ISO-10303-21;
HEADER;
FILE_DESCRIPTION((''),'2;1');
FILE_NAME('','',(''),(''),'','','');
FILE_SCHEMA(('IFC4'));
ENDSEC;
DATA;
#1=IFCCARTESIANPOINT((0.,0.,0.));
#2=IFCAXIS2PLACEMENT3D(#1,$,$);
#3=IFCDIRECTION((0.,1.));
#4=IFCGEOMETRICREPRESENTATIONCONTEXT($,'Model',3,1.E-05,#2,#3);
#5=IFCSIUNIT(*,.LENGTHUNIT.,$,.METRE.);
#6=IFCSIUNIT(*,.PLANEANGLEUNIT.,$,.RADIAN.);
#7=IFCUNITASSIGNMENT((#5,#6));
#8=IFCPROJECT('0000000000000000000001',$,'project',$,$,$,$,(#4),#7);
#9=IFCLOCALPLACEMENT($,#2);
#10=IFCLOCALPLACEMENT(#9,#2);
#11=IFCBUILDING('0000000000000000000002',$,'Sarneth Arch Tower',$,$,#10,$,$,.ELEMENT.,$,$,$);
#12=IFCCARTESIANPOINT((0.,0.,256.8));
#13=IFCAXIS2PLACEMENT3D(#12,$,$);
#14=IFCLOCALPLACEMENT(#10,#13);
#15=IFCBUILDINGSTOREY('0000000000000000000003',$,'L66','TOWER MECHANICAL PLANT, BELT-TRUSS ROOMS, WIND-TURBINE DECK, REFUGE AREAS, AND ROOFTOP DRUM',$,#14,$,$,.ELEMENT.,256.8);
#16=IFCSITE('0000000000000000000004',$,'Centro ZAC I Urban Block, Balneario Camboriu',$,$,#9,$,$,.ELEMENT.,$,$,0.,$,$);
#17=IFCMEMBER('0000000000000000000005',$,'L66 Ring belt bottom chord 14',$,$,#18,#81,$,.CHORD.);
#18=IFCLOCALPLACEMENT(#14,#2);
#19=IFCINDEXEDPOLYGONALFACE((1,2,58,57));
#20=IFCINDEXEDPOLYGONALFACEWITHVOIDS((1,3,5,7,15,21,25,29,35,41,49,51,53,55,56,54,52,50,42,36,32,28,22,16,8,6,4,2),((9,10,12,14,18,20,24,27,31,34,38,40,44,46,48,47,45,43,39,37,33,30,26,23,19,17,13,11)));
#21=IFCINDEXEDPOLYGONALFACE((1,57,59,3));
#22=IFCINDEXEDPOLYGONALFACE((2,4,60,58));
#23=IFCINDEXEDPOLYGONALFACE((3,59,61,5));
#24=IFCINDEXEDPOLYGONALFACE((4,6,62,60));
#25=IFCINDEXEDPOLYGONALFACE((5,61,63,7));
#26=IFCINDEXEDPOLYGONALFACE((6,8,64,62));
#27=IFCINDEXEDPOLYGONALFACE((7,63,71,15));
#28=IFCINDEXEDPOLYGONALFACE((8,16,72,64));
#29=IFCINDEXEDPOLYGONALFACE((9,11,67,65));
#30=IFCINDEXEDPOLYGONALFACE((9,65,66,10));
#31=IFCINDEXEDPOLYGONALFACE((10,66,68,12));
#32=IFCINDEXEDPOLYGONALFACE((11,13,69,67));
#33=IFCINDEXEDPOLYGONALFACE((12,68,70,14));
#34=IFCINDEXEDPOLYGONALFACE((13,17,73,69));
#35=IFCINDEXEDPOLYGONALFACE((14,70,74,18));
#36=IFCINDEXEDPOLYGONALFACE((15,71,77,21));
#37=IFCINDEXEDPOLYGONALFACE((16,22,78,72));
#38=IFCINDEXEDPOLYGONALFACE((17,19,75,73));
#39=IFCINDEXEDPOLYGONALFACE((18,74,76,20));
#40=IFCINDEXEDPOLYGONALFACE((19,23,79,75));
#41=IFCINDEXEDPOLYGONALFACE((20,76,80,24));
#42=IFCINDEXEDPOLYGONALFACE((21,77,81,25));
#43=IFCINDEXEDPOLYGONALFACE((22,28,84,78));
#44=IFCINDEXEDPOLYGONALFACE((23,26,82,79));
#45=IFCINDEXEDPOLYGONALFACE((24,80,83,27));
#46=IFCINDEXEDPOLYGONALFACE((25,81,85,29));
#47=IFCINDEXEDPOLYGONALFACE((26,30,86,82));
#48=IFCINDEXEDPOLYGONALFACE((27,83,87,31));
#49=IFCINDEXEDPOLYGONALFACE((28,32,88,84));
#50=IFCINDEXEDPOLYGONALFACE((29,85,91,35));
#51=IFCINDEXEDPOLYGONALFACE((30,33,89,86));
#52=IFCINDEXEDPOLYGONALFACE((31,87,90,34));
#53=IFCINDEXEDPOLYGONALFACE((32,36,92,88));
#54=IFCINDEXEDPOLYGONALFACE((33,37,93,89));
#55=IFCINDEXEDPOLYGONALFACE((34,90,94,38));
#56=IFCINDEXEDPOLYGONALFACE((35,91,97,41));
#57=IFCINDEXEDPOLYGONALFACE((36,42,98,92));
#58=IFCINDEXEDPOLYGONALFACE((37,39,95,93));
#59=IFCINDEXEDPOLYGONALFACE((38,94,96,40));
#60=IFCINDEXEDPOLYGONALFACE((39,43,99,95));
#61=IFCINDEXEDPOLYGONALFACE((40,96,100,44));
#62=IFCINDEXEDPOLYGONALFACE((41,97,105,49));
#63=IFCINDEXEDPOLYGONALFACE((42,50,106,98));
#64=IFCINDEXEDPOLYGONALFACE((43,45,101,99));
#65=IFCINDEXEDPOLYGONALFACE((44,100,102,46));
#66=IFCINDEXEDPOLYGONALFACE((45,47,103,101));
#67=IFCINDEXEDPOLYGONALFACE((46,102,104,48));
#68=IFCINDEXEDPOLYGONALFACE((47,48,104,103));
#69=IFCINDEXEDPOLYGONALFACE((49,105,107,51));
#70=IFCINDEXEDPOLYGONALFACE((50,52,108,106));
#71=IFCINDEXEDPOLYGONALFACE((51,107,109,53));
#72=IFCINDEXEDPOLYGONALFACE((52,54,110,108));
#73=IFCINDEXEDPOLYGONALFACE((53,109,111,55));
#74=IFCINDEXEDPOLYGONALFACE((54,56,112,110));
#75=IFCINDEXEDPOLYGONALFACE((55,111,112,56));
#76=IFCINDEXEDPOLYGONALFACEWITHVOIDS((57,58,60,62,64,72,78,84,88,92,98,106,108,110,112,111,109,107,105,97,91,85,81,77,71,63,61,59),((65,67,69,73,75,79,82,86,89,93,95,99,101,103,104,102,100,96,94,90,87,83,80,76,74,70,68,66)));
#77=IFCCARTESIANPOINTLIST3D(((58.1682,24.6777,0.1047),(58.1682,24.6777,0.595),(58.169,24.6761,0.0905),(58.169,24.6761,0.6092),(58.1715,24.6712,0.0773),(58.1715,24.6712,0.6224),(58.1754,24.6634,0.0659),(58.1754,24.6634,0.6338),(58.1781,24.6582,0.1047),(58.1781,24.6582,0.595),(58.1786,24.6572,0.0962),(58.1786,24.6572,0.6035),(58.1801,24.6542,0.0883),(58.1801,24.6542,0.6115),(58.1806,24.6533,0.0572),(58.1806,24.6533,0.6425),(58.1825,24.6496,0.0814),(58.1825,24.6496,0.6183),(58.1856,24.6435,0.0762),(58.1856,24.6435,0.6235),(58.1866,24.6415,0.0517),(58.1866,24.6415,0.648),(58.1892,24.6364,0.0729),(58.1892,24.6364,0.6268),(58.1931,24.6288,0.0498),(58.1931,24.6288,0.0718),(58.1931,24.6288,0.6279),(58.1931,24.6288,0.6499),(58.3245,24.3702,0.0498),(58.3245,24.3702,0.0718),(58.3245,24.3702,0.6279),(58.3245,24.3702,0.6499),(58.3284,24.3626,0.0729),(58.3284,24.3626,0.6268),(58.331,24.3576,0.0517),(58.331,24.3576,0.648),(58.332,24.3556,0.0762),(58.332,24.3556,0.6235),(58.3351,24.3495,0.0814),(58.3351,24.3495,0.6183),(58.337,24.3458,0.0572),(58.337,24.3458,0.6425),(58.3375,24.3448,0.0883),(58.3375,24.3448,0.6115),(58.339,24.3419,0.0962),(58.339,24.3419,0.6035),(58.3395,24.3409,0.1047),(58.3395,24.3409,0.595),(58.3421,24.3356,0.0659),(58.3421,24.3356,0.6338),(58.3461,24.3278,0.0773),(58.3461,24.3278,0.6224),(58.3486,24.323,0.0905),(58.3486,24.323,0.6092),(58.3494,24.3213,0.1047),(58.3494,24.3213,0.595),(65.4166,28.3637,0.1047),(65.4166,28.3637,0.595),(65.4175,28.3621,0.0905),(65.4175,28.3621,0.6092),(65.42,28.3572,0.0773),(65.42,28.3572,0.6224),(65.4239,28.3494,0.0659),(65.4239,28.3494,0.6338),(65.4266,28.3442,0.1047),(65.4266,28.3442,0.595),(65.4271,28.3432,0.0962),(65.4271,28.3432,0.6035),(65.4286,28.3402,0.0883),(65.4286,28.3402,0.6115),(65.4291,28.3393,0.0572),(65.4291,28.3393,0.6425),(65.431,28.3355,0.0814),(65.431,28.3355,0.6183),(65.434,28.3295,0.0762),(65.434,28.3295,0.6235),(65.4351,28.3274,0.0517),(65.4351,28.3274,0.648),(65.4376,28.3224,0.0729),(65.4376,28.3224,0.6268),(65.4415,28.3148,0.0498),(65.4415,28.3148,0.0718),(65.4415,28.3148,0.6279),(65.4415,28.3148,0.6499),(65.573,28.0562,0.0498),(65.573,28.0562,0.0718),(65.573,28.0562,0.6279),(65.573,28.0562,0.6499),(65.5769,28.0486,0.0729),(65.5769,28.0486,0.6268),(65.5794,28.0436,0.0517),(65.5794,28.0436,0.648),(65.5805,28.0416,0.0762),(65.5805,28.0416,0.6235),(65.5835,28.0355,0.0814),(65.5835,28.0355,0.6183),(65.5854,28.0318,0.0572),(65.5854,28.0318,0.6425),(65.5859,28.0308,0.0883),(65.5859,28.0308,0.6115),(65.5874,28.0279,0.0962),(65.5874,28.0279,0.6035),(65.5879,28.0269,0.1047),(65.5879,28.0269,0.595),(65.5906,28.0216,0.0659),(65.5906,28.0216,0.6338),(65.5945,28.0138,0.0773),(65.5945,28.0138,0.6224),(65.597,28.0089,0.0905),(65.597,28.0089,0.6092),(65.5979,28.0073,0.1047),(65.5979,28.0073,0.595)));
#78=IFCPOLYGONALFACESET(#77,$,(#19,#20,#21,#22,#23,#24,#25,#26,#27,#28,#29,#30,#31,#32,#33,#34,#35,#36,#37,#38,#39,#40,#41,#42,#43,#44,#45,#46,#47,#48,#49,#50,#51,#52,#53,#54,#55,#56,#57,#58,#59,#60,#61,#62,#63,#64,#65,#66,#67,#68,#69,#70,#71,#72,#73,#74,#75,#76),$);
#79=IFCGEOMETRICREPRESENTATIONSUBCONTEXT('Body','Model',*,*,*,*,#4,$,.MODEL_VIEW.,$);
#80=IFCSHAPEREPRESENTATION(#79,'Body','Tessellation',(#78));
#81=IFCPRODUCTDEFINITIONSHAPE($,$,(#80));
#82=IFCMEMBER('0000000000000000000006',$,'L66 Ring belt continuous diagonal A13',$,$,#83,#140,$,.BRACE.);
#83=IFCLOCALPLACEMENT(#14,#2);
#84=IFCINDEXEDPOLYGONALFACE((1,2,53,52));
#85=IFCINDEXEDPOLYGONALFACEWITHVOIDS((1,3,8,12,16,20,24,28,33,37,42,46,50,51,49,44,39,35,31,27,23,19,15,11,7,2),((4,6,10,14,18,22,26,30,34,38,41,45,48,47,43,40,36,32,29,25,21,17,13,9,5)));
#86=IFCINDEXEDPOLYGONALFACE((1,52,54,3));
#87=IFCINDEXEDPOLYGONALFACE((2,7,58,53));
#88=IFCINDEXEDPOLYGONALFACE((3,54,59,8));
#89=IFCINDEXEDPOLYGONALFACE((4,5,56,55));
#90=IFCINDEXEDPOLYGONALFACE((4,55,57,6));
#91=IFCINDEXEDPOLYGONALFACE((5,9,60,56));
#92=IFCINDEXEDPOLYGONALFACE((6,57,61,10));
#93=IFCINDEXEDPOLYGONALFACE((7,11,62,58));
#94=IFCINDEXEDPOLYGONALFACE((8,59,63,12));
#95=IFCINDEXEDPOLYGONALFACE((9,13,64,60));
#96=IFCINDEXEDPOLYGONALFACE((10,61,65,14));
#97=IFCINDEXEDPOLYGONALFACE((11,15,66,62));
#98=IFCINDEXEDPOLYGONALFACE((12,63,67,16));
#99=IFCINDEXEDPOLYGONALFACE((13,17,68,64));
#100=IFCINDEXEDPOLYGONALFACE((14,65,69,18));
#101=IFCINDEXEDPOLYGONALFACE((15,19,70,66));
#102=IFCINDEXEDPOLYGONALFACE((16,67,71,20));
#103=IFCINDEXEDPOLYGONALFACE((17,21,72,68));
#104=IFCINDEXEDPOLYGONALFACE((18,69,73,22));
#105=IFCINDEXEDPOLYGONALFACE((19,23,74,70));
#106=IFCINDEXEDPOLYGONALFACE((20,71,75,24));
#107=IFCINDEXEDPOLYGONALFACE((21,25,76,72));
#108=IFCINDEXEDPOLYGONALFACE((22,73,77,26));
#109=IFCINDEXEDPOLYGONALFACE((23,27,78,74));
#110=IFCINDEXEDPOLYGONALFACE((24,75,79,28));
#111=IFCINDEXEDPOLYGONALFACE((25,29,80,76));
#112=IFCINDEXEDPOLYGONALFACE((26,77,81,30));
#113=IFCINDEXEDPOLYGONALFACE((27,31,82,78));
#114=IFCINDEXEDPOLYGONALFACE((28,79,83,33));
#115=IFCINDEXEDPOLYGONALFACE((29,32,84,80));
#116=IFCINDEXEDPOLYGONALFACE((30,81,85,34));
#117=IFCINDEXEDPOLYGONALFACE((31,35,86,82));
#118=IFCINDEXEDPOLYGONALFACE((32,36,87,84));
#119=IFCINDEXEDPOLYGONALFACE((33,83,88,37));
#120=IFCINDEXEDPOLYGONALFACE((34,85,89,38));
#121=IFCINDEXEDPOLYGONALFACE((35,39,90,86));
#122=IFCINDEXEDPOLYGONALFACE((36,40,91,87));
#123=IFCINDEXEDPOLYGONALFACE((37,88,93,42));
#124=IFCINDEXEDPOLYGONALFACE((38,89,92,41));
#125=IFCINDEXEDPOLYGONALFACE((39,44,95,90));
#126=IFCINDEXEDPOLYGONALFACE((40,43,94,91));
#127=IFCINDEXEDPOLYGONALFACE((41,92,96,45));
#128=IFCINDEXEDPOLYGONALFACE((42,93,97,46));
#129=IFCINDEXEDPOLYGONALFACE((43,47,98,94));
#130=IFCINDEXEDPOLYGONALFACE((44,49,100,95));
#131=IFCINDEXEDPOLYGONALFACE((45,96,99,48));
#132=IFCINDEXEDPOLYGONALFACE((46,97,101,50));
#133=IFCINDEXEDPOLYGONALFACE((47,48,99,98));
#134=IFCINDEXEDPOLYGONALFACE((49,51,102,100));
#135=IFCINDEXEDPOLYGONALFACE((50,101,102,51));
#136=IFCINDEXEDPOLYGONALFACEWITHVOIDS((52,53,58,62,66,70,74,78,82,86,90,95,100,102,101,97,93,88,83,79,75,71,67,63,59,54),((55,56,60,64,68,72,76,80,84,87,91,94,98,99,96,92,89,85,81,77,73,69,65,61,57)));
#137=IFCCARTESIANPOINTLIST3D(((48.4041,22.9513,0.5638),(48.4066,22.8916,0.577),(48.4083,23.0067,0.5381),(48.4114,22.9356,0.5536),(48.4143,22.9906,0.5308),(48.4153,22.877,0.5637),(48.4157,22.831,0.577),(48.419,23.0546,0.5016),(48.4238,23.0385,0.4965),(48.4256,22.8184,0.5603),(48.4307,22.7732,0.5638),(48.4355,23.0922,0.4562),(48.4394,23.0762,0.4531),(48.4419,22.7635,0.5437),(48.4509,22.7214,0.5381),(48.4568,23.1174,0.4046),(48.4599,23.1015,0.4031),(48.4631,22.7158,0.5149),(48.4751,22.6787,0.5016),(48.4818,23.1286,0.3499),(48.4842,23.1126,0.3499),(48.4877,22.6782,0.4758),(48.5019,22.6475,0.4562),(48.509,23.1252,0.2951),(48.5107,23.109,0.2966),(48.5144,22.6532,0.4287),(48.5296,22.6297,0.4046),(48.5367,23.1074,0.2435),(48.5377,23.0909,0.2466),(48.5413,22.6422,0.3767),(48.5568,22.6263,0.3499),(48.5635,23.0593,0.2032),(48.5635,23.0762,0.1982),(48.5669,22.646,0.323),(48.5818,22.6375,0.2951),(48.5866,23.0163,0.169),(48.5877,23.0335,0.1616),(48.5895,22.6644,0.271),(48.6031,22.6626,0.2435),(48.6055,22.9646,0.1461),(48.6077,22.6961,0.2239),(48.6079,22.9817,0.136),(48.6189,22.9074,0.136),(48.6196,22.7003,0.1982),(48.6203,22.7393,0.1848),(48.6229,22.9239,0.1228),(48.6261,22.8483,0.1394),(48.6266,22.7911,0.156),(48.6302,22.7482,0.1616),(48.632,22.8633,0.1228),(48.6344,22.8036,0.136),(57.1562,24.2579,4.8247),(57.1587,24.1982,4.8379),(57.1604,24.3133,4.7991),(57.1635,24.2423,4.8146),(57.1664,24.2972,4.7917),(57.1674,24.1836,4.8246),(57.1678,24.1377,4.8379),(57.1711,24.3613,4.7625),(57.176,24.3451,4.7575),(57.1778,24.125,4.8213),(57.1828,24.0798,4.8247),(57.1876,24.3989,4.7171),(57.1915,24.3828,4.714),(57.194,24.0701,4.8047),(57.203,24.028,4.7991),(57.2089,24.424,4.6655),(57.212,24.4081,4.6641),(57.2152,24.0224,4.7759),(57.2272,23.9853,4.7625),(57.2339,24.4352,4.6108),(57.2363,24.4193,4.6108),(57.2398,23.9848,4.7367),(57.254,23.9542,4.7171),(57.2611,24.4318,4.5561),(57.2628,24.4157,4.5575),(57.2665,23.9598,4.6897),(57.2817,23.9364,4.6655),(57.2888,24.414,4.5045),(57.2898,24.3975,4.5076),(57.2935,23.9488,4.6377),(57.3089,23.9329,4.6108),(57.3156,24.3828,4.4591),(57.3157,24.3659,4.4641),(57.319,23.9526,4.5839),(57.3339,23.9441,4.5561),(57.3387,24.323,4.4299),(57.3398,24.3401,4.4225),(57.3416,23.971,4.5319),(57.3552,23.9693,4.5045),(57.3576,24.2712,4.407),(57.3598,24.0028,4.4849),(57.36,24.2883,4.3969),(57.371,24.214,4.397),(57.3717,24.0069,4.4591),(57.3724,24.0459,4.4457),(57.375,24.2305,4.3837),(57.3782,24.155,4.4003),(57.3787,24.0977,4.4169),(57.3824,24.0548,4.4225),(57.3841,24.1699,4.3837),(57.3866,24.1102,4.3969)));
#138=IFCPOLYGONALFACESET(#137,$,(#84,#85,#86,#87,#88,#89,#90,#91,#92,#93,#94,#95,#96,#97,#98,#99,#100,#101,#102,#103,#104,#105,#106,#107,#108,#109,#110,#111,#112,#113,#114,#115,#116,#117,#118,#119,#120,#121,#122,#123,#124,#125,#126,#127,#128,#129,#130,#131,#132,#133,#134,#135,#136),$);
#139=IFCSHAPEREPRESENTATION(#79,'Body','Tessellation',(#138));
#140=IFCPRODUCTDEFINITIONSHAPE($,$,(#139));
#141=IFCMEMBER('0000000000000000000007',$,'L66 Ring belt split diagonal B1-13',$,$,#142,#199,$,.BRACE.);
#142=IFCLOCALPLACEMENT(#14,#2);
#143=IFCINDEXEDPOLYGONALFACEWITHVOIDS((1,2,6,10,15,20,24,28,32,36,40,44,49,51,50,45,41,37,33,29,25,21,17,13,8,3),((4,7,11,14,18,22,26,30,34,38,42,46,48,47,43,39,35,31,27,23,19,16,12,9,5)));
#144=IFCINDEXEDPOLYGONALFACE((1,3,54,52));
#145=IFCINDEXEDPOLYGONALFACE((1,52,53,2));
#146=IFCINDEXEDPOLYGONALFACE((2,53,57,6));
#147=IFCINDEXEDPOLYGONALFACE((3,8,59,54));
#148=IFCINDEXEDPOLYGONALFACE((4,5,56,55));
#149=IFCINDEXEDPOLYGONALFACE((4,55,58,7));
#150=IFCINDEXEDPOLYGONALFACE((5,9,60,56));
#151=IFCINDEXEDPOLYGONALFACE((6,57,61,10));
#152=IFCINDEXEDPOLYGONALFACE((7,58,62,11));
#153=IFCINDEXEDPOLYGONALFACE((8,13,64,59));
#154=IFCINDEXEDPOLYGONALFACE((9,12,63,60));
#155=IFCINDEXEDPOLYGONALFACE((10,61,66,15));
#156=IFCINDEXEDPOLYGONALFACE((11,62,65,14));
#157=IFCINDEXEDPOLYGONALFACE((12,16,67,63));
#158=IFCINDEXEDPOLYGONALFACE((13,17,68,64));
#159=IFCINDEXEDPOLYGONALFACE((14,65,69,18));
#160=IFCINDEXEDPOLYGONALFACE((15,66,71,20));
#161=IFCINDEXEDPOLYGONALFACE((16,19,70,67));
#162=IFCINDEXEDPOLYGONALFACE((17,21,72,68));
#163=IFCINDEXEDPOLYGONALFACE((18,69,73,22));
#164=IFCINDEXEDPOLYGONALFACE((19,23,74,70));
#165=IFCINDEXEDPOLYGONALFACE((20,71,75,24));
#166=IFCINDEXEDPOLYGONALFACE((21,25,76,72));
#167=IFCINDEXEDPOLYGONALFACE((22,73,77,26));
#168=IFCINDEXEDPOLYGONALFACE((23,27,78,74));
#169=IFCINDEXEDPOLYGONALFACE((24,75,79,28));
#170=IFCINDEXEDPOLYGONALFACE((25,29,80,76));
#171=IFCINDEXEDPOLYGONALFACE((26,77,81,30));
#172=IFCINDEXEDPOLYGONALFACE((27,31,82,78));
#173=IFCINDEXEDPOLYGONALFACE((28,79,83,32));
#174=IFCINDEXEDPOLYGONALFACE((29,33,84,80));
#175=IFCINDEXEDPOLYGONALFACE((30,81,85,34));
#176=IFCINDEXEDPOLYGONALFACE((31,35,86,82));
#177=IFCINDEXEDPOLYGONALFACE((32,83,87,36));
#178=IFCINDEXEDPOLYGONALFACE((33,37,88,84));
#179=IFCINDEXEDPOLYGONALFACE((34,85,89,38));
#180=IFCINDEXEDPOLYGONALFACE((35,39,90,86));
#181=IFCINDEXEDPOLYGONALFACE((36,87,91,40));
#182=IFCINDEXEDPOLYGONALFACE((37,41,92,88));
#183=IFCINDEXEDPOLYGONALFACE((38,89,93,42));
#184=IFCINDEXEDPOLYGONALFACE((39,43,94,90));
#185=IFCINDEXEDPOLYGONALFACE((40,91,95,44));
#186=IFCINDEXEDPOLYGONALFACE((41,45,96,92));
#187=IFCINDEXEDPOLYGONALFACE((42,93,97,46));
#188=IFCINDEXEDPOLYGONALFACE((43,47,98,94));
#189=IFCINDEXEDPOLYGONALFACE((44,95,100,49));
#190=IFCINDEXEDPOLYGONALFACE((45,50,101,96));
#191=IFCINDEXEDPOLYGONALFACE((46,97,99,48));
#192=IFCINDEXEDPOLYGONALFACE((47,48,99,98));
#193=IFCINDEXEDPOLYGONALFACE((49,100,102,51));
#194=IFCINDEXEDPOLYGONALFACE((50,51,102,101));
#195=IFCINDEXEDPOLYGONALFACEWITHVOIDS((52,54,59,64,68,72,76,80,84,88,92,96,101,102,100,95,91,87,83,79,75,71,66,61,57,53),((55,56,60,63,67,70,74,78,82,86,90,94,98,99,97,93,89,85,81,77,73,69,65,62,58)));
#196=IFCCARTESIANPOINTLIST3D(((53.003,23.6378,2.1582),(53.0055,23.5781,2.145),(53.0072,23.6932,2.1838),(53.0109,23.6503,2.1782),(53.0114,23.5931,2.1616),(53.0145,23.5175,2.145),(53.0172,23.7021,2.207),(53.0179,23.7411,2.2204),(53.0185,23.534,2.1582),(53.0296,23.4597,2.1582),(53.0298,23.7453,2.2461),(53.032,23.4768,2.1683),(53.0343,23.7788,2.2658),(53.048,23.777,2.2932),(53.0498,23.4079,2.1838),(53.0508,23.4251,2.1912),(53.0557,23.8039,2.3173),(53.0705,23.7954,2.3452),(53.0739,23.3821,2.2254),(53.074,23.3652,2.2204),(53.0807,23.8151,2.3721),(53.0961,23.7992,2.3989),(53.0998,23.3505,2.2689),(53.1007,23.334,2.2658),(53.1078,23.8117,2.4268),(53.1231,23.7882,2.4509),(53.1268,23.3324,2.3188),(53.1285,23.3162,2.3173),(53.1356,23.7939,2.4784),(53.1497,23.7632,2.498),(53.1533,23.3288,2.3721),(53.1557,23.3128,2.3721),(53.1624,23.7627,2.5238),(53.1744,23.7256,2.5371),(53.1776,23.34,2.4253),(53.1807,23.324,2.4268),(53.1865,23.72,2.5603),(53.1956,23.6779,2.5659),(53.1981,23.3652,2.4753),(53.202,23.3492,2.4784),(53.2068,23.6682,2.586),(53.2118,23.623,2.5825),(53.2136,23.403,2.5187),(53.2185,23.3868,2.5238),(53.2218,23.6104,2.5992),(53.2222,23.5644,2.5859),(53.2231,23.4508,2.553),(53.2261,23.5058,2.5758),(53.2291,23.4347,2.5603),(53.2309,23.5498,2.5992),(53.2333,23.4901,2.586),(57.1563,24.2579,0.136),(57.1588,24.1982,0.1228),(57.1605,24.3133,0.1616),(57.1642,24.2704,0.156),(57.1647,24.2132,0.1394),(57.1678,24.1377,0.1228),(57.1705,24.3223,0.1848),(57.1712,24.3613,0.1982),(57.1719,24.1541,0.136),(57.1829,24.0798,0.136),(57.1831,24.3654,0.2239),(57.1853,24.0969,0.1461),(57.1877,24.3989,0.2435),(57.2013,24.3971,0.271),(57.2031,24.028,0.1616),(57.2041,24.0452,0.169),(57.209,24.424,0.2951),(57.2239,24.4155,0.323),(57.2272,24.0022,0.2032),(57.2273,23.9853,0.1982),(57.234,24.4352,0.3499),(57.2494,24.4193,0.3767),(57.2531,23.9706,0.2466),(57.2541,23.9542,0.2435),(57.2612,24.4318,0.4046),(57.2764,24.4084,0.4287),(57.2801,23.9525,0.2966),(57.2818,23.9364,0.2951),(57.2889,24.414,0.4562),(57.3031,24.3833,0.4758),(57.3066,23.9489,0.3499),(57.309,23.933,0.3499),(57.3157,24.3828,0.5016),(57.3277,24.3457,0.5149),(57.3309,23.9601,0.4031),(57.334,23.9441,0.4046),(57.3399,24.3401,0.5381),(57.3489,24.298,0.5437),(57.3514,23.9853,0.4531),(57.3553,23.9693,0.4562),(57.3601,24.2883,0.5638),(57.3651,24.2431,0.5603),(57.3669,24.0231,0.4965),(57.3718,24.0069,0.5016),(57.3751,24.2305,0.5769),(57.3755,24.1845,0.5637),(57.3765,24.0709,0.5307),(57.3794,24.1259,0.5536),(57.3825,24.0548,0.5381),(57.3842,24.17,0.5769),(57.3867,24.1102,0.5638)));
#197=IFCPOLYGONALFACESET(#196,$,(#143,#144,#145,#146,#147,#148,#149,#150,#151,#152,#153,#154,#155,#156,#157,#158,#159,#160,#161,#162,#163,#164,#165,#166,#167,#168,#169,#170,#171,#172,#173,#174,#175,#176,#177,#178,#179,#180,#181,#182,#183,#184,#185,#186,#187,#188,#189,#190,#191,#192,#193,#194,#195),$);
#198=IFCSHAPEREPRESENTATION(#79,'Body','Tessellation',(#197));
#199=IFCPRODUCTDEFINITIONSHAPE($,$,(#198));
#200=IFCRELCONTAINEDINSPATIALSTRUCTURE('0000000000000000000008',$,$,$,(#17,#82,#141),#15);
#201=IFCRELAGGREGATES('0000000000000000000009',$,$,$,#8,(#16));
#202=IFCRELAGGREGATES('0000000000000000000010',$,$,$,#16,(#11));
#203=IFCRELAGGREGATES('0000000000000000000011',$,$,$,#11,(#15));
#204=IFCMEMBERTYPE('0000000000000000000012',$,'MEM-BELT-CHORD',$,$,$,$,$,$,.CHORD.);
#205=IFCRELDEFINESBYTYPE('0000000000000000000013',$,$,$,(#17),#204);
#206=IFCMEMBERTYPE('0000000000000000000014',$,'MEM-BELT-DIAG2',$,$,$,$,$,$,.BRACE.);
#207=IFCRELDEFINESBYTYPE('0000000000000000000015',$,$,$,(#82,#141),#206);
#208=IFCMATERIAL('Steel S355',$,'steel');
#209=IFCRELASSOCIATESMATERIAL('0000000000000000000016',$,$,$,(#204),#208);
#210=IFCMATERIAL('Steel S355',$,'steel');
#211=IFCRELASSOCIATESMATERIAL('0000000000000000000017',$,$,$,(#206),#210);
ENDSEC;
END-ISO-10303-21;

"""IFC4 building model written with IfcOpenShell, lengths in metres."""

from ifc_helpers import new_model, si_unit, direction, frame, origin, origin_2d, place, context, subcontext, project, spatial, hollow_rectangle, hollow_circle, extrude, material, material_profile, profile_set, type_object, element, save


model = new_model("IFC4")

# Units and contexts
model_context = context("Model", 3, precision=1e-05, world=origin(), true_north=direction((0.0, 1.0)))
body_context = subcontext(model_context, "Body", "Model", "MODEL_VIEW")
ifc_project = project(units=[si_unit("LENGTHUNIT", "METRE"), si_unit("PLANEANGLEUNIT", "RADIAN")], contexts=[model_context])

# Site, building, storey
site_placement = place(None, origin())
site = spatial("IfcSite", under=ifc_project, at=site_placement, Name="Centro ZAC I Urban Block, Balneario Camboriu", CompositionType="ELEMENT", RefElevation=0.0)
building_placement = place(site_placement, origin())
building = spatial("IfcBuilding", under=site, at=building_placement, Name="Sarneth Arch Tower", CompositionType="ELEMENT")
storey_placement = place(building_placement, frame((0.0, 0.0, 256.8)))
storey = spatial("IfcBuildingStorey", under=building, at=storey_placement, Name="L66", Description="TOWER MECHANICAL PLANT, BELT-TRUSS ROOMS, WIND-TURBINE DECK, REFUGE AREAS, AND ROOFTOP DRUM", CompositionType="ELEMENT", Elevation=256.8)

# Members
ifc_material_1 = material(Name="Steel S355", Category="steel")
ifc_material_profile_1 = material_profile(ifc_material_1, hollow_rectangle(XDim=0.3999, YDim=0.6001, WallThickness=0.022, InnerFilletRadius=0.033, OuterFilletRadius=0.0549, at=origin_2d()), Name="RHS600x400x22")
ifc_profile_set_1 = profile_set([ifc_material_profile_1], Name="Steel S355")
member_type_1 = type_object("IfcMemberType", Name="MEM-BELT-CHORD", PredefinedType="CHORD", material=ifc_profile_set_1)
member_1_placement = place(storey_placement, frame((58.2588, 24.4995, 0.3499), z_axis=(0.891368, 0.45328, 0.0), x_axis=(-0.45328, 0.891368, 0.0)))
element("IfcMember", 1, at=member_1_placement, inside=storey, type_object=member_type_1, Name="L66 Ring belt bottom chord 14", PredefinedType="CHORD", context=body_context, shape_type="SweptSolid", body=[
    extrude(hollow_rectangle(XDim=0.3999, YDim=0.6001, WallThickness=0.022, InnerFilletRadius=0.033, OuterFilletRadius=0.0549, at=origin_2d()), origin(), (0.0, 0.0, 1.0), 8.1318),
])
ifc_material_2 = material(Name="Steel S355", Category="steel")
ifc_material_profile_2 = material_profile(ifc_material_2, hollow_circle(Radius=0.2539, WallThickness=0.0161, at=origin_2d()), Name="CHS508x16")
ifc_profile_set_2 = profile_set([ifc_material_profile_2], Name="Steel S355")
member_type_2 = type_object("IfcMemberType", Name="MEM-BELT-DIAG2", PredefinedType="BRACE", material=ifc_profile_set_2)
member_2_placement = place(storey_placement, frame((48.5193, 22.8774, 0.3499), z_axis=(0.891115, 0.133037, 0.433837), x_axis=(-0.147656, 0.989039, 0.0)))
element("IfcMember", 2, at=member_2_placement, inside=storey, type_object=member_type_2, Name="L66 Ring belt continuous diagonal A13", PredefinedType="BRACE", context=body_context, shape_type="SweptSolid", body=[
    extrude(hollow_circle(Radius=0.2539, WallThickness=0.0161, at=origin_2d()), origin(), (0.0, 0.0, 1.0), 9.8215),
])
for number, where, z_axis, x_axis, name in (
    (3, (57.2715, 24.1841, 0.3499), (-0.891099, -0.133047, 0.433868), (0.147669, -0.989037, 0.0), "L66 Ring belt split diagonal B1-13"),
):
    element("IfcMember", number, at=place(storey_placement, frame(where, z_axis=z_axis, x_axis=x_axis)), inside=storey, type_object=member_type_2, Name=name, PredefinedType="BRACE", context=body_context, shape_type="SweptSolid", body=[
        extrude(hollow_circle(Radius=0.2539, WallThickness=0.0161, at=origin_2d()), origin(), (0.0, 0.0, 1.0), 4.6609),
    ])

save(model, "model.ifc")
